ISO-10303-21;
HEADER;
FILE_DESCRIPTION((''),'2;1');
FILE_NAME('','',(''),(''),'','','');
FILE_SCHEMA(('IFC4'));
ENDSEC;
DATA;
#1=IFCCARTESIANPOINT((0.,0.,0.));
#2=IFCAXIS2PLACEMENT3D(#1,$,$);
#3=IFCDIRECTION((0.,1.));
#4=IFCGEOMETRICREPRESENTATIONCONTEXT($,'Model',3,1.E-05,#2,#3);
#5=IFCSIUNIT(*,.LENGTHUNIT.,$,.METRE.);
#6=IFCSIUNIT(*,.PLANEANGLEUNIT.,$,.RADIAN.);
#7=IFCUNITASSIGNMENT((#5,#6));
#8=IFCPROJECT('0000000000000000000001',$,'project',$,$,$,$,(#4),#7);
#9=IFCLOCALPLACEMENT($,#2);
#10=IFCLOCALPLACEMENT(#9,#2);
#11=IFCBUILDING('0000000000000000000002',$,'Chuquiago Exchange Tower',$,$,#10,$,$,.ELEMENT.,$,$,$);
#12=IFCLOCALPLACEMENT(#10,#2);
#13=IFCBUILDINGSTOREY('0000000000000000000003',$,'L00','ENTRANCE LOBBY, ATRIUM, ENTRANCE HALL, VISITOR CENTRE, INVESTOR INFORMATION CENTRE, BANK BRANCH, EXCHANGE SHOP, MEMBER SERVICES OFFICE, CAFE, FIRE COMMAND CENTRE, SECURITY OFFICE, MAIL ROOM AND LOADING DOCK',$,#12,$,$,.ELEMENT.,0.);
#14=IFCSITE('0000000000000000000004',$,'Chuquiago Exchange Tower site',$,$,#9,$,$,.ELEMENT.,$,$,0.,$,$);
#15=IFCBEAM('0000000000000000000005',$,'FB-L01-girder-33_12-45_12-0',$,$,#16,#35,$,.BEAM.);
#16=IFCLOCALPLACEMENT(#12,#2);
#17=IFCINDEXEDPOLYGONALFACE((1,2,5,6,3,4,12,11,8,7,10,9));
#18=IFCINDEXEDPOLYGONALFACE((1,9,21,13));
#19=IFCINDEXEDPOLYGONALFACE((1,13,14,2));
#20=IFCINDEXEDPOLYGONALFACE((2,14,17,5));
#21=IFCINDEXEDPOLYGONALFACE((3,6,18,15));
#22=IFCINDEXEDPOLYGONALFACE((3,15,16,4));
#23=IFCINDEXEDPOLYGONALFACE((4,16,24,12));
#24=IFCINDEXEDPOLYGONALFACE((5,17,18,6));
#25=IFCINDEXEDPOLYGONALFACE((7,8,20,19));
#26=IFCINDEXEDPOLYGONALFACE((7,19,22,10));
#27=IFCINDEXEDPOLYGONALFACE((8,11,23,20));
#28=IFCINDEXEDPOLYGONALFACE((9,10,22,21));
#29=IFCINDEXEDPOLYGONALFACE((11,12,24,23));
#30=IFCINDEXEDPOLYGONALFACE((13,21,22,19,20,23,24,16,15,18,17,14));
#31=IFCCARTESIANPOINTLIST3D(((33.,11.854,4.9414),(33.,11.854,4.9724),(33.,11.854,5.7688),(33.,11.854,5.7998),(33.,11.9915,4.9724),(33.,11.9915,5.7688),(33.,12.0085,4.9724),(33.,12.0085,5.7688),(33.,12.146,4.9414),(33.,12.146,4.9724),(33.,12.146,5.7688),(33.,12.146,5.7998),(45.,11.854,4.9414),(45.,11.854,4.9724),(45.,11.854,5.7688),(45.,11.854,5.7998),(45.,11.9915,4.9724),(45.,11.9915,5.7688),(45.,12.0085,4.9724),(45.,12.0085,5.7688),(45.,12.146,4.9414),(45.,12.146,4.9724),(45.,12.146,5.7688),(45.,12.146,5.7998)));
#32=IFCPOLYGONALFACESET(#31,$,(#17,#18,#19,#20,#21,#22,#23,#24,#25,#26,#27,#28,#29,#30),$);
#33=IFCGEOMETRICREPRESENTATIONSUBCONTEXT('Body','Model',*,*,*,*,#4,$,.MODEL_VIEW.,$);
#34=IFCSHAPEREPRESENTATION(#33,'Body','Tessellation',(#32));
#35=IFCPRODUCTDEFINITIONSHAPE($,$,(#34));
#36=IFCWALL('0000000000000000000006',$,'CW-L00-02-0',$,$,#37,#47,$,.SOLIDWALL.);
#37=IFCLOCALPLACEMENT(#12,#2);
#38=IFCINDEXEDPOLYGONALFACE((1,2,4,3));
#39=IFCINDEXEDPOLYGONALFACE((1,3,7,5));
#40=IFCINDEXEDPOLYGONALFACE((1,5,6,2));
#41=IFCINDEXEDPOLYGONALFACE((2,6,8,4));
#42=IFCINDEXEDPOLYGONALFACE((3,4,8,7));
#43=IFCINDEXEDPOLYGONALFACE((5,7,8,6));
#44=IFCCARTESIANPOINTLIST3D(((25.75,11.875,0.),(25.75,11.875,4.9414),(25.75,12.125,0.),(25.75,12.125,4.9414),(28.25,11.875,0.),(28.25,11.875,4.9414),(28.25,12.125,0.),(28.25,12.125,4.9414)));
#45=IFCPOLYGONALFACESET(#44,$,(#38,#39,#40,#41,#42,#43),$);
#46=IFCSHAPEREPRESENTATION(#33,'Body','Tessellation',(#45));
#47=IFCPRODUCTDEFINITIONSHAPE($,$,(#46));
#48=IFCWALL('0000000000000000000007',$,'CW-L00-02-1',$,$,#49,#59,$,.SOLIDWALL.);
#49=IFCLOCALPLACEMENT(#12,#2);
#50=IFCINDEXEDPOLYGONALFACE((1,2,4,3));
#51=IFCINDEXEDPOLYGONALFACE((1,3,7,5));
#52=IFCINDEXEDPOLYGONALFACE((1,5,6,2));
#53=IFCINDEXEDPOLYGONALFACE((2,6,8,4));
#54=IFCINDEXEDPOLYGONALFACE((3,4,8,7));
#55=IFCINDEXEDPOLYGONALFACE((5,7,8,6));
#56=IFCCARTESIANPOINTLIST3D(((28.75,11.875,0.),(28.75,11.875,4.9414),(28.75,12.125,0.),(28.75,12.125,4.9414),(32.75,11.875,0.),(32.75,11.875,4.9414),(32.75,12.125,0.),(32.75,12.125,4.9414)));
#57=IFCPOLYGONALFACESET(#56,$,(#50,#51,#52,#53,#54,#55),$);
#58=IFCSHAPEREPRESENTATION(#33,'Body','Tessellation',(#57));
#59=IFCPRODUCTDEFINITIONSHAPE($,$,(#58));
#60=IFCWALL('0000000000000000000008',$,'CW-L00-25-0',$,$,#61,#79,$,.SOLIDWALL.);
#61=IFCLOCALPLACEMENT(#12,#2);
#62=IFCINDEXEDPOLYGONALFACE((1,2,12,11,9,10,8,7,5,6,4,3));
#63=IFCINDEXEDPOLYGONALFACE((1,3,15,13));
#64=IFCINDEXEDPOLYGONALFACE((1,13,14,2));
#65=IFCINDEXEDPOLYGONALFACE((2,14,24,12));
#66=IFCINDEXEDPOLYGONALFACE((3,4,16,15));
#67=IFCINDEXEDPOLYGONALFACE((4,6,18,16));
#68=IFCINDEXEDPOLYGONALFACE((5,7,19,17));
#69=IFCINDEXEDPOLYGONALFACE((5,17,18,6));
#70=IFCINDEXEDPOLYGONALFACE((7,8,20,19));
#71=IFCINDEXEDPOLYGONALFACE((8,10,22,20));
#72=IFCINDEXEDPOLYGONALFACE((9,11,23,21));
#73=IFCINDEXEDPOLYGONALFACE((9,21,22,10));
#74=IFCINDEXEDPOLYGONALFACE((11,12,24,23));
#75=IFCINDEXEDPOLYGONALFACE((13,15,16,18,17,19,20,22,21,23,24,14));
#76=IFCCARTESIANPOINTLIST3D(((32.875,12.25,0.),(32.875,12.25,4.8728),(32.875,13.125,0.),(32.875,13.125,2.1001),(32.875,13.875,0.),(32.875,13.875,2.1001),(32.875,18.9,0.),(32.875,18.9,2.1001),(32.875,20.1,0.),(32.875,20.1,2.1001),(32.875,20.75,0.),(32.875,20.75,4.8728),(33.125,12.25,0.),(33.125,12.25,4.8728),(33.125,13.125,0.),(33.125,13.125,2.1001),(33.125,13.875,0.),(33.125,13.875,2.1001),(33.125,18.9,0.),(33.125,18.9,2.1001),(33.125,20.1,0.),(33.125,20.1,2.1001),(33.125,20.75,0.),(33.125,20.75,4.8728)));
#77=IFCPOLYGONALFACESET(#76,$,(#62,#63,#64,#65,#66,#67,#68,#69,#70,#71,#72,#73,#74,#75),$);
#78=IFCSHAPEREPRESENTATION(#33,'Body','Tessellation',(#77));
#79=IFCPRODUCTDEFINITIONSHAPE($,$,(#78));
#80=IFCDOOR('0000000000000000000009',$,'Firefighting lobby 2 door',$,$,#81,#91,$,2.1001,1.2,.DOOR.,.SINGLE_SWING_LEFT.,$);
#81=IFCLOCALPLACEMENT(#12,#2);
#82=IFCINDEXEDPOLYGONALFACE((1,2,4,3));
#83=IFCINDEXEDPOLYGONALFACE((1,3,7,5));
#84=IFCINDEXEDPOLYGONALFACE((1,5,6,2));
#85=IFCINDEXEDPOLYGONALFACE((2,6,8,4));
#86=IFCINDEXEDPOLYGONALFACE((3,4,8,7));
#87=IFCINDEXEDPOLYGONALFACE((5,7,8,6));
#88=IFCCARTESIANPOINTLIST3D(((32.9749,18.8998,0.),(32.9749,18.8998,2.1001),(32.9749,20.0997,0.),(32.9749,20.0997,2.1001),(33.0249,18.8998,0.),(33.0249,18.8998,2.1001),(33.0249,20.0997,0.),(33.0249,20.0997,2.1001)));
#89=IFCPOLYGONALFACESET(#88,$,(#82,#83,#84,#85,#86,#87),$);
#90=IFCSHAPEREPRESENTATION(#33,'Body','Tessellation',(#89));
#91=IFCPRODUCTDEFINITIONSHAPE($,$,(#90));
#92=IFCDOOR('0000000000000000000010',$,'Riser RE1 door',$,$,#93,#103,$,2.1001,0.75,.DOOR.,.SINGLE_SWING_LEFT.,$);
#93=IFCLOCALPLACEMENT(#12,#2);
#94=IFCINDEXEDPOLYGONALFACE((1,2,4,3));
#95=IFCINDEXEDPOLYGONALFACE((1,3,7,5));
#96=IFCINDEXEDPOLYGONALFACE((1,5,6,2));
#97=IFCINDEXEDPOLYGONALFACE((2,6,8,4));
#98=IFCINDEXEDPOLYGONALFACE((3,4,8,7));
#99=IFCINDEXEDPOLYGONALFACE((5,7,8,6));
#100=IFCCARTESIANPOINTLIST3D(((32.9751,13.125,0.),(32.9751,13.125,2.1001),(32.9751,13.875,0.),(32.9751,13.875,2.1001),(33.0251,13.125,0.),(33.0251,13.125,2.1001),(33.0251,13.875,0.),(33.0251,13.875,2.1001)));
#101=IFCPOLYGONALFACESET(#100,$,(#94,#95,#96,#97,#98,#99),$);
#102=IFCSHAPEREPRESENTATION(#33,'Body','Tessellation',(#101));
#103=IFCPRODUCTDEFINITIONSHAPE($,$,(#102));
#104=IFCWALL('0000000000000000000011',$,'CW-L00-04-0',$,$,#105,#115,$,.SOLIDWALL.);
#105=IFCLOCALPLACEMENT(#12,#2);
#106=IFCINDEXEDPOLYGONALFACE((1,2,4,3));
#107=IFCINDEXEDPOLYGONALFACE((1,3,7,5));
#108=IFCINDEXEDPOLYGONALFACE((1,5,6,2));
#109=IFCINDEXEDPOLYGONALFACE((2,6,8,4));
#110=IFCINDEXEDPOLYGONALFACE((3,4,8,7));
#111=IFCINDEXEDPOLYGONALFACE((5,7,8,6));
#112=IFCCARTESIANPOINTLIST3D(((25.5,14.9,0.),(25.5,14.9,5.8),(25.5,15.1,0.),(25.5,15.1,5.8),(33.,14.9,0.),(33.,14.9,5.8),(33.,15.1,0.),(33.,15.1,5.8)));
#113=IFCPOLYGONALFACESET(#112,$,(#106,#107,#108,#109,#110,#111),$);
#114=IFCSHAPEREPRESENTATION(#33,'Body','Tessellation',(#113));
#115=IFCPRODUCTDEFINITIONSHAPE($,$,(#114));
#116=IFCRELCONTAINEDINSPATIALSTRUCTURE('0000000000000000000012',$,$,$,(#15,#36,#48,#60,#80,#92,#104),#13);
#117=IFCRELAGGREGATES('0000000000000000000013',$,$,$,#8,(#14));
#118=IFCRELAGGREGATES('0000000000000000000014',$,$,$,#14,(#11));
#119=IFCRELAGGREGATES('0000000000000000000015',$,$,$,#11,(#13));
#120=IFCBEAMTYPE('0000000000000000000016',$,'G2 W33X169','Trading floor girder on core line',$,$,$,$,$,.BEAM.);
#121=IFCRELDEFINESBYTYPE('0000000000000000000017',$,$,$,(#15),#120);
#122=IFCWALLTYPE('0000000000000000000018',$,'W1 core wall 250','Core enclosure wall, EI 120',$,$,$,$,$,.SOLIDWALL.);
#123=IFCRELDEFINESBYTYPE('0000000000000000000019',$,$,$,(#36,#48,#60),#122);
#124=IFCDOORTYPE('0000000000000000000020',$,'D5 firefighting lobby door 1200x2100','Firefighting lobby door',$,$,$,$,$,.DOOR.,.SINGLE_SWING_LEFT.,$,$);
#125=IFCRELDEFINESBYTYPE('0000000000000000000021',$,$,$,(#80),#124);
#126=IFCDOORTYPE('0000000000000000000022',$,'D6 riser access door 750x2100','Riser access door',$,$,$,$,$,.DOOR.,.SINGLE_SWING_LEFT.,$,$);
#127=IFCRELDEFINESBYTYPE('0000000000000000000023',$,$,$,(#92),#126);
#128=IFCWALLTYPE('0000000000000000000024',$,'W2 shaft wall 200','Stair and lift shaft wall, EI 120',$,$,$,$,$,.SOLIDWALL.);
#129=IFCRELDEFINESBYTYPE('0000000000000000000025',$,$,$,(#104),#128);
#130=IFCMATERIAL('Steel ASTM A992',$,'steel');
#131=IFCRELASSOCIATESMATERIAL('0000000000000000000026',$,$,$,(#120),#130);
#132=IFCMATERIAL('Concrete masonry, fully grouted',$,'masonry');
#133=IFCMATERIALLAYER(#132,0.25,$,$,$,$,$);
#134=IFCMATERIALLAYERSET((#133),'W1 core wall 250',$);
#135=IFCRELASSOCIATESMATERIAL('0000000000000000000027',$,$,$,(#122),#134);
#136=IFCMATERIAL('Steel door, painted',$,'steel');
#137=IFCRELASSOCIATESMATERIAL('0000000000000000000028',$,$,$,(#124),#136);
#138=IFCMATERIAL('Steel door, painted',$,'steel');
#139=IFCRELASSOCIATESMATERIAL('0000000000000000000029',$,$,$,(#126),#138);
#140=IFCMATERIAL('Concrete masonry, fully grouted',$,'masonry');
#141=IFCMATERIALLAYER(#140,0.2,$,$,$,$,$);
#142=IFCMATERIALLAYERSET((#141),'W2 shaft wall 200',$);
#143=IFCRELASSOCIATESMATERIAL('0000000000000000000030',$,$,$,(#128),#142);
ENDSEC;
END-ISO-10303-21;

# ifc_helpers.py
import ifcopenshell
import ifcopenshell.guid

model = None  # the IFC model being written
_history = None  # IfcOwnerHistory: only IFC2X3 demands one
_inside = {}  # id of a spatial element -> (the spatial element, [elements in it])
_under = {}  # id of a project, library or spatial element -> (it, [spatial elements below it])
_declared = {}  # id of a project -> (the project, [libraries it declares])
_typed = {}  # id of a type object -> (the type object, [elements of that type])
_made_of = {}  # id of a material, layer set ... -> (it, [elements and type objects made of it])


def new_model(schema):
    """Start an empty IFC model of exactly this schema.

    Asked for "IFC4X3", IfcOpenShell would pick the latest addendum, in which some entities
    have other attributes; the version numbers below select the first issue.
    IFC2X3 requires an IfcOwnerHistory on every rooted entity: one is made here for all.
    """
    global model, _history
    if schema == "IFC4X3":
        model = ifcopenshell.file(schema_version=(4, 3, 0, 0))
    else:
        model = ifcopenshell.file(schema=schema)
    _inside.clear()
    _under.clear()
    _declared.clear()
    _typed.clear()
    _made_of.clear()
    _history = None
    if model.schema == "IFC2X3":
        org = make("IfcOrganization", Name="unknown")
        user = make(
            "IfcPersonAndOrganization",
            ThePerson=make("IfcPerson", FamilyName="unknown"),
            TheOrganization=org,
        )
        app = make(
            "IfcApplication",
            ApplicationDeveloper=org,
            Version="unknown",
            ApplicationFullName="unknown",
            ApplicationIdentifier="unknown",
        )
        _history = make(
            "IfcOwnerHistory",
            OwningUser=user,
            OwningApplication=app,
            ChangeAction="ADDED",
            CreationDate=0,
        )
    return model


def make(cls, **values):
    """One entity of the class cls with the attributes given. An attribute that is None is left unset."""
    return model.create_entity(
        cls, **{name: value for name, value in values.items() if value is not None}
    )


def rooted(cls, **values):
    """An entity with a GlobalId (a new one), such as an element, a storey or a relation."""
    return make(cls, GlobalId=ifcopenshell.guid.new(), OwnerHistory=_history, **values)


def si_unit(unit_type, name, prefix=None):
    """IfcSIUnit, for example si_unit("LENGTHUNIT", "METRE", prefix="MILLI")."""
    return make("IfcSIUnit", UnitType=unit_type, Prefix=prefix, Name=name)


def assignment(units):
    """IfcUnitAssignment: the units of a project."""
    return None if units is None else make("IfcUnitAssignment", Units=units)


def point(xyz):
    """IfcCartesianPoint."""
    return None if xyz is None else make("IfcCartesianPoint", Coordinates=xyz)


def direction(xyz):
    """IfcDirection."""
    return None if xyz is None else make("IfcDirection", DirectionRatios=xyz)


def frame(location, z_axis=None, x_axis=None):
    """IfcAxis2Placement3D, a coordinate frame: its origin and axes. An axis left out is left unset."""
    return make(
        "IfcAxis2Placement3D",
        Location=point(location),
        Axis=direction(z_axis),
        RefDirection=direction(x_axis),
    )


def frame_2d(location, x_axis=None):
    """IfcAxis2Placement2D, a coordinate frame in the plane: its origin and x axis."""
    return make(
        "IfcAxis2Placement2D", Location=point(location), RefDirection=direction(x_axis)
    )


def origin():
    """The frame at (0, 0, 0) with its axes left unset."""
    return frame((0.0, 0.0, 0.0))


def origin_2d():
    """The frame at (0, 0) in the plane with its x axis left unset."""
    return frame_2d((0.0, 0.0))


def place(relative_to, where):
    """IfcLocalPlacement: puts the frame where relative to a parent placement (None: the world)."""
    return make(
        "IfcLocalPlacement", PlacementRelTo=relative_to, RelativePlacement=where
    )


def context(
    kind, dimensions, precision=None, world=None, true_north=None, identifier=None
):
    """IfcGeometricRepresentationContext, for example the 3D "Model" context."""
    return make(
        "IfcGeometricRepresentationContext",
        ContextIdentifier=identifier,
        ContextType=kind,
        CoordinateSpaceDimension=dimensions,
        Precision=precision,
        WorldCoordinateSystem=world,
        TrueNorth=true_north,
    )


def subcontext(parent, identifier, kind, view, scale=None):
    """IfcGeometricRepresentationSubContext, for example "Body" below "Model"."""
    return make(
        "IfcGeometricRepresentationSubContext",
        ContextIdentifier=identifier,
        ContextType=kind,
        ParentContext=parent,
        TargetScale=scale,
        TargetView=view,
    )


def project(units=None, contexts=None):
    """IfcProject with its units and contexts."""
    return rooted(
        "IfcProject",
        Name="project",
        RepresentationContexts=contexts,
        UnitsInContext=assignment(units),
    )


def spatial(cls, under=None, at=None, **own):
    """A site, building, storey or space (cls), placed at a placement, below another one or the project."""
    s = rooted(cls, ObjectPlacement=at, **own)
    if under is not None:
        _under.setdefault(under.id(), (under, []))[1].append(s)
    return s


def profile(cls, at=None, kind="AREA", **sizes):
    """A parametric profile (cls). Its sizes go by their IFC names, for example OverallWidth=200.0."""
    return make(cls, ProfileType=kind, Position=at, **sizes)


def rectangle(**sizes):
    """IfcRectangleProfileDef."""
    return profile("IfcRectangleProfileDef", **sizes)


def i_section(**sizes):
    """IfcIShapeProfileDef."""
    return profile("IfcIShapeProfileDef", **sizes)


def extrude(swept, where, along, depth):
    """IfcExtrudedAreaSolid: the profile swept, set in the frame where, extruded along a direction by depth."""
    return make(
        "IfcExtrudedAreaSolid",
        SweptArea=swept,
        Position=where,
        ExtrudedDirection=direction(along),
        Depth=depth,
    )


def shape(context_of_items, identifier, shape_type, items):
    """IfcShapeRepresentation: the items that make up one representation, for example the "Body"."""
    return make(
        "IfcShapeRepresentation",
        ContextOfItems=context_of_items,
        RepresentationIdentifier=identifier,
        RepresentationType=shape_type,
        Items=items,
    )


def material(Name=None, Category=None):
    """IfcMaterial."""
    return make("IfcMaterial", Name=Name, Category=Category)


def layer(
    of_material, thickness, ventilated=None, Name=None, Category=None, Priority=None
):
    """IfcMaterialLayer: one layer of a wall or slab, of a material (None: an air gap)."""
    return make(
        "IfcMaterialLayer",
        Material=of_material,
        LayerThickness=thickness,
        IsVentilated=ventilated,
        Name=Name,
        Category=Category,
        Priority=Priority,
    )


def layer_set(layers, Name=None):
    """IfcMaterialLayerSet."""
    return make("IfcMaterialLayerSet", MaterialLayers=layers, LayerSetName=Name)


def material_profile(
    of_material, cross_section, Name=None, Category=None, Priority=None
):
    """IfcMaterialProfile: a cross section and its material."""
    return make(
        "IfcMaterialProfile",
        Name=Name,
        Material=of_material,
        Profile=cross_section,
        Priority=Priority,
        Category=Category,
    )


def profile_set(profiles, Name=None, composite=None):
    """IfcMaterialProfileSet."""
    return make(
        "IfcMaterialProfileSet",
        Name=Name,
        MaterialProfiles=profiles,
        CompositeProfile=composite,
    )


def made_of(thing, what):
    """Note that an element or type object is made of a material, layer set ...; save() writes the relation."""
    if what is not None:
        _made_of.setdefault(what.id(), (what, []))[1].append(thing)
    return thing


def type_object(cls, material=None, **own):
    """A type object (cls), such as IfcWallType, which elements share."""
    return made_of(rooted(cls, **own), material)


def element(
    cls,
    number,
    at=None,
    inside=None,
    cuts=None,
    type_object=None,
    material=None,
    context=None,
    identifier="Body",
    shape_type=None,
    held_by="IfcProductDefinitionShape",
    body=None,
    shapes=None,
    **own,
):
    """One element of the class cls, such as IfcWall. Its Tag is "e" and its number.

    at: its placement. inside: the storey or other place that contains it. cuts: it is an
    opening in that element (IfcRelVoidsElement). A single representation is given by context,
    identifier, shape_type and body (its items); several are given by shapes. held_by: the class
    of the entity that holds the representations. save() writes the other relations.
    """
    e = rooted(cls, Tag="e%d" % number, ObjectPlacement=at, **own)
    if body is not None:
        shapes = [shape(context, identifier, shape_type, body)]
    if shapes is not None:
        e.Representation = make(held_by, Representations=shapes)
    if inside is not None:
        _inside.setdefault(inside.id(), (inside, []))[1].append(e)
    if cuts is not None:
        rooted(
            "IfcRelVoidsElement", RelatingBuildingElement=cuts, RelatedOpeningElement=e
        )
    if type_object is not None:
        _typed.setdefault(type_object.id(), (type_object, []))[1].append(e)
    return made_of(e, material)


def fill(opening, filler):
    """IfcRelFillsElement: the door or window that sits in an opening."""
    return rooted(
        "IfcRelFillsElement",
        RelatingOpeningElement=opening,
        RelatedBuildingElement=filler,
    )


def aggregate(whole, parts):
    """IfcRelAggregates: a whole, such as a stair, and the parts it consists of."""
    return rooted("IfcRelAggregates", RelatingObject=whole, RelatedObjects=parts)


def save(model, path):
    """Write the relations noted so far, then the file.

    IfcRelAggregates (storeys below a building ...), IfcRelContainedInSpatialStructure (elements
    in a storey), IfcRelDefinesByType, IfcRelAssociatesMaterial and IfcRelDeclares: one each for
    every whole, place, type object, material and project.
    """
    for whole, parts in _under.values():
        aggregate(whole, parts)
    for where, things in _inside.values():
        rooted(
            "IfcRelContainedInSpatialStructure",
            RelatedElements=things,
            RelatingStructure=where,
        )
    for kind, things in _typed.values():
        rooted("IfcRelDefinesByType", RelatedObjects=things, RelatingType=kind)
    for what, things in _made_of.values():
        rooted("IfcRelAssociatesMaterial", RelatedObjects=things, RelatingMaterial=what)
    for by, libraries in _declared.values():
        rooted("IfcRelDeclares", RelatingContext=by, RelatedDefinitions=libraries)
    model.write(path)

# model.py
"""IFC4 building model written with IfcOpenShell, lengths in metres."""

from ifc_helpers import new_model, si_unit, direction, frame, frame_2d, origin, origin_2d, place, context, subcontext, project, spatial, rectangle, i_section, extrude, material, layer, layer_set, material_profile, profile_set, type_object, element, fill, save


model = new_model("IFC4")

# Units and contexts
model_context = context("Model", 3, precision=1e-05, world=origin(), true_north=direction((0.0, 1.0)))
body_context = subcontext(model_context, "Body", "Model", "MODEL_VIEW")
ifc_project = project(units=[si_unit("LENGTHUNIT", "METRE"), si_unit("PLANEANGLEUNIT", "RADIAN")], contexts=[model_context])

# Site, building, storey
site_placement = place(None, origin())
site = spatial("IfcSite", under=ifc_project, at=site_placement, Name="Chuquiago Exchange Tower site", CompositionType="ELEMENT", RefElevation=0.0)
building_placement = place(site_placement, origin())
building = spatial("IfcBuilding", under=site, at=building_placement, Name="Chuquiago Exchange Tower", CompositionType="ELEMENT")
storey_placement = place(building_placement, origin())
storey = spatial("IfcBuildingStorey", under=building, at=storey_placement, Name="L00", Description="ENTRANCE LOBBY, ATRIUM, ENTRANCE HALL, VISITOR CENTRE, INVESTOR INFORMATION CENTRE, BANK BRANCH, EXCHANGE SHOP, MEMBER SERVICES OFFICE, CAFE, FIRE COMMAND CENTRE, SECURITY OFFICE, MAIL ROOM AND LOADING DOCK", CompositionType="ELEMENT", Elevation=0.0)

# Beam
ifc_material_1 = material(Name="Steel ASTM A992", Category="steel")
ifc_material_profile_1 = material_profile(ifc_material_1, i_section(OverallWidth=0.292, OverallDepth=0.8584, WebThickness=0.0171, FlangeThickness=0.031, at=origin_2d()), Name="W33X169")
ifc_profile_set_1 = profile_set([ifc_material_profile_1], Name="Steel ASTM A992")
beam_type_1 = type_object("IfcBeamType", Name="G2 W33X169", Description="Trading floor girder on core line", PredefinedType="BEAM", material=ifc_profile_set_1)
for number, where, z_axis, x_axis, name in (
    (1, (33.0, 12.0, 5.3706), (1.0, 0.0, 0.0), (0.0, 1.0, 0.0), "FB-L01-girder-33_12-45_12-0"),
):
    element("IfcBeam", number, at=place(storey_placement, frame(where, z_axis=z_axis, x_axis=x_axis)), inside=storey, type_object=beam_type_1, Name=name, PredefinedType="BEAM", context=body_context, shape_type="SweptSolid", body=[
        extrude(i_section(OverallWidth=0.292, OverallDepth=0.8584, WebThickness=0.0171, FlangeThickness=0.031, at=origin_2d()), origin(), (0.0, 0.0, 1.0), 12.0),
    ])

# Walls
ifc_material_2 = material(Name="Concrete masonry, fully grouted", Category="masonry")
ifc_layer_1 = layer(ifc_material_2, 0.25)
ifc_layer_set_1 = layer_set([ifc_layer_1], Name="W1 core wall 250")
wall_type_1 = type_object("IfcWallType", Name="W1 core wall 250", Description="Core enclosure wall, EI 120", PredefinedType="SOLIDWALL", material=ifc_layer_set_1)
wall_1_placement = place(storey_placement, frame((25.75, 12.0, 0.0), z_axis=(0.0, 0.0, 1.0), x_axis=(1.0, 0.0, 0.0)))
element("IfcWall", 2, at=wall_1_placement, inside=storey, type_object=wall_type_1, Name="CW-L00-02-0", PredefinedType="SOLIDWALL", context=body_context, shape_type="SweptSolid", body=[
    extrude(rectangle(XDim=2.5, YDim=0.25, at=frame_2d((1.25, 0.0))), origin(), (0.0, 0.0, 1.0), 4.9414),
])
wall_2_placement = place(storey_placement, frame((28.75, 12.0, 0.0), z_axis=(0.0, 0.0, 1.0), x_axis=(1.0, 0.0, 0.0)))
element("IfcWall", 3, at=wall_2_placement, inside=storey, type_object=wall_type_1, Name="CW-L00-02-1", PredefinedType="SOLIDWALL", context=body_context, shape_type="SweptSolid", body=[
    extrude(rectangle(XDim=4.0, YDim=0.25, at=frame_2d((2.0, 0.0))), origin(), (0.0, 0.0, 1.0), 4.9414),
])

# Wall, openings, doors
wall_3_placement = place(storey_placement, frame((33.0, 12.25, 0.0), z_axis=(0.0, 0.0, 1.0), x_axis=(0.0, 1.0, 0.0)))
wall_3 = element("IfcWall", 4, at=wall_3_placement, inside=storey, type_object=wall_type_1, Name="CW-L00-25-0", PredefinedType="SOLIDWALL", context=body_context, shape_type="SweptSolid", body=[
    extrude(rectangle(XDim=8.5, YDim=0.25, at=frame_2d((4.25, 0.0))), origin(), (0.0, 0.0, 1.0), 4.8728),
])
opening_1_placement = place(wall_3_placement, frame((6.6499, 0.0, 0.0)))
opening_1 = element("IfcOpeningElement", 5, at=opening_1_placement, cuts=wall_3, PredefinedType="OPENING", context=body_context, shape_type="SweptSolid", body=[
    extrude(rectangle(XDim=1.2, YDim=2.1001, at=frame_2d((0.6001, 1.05))), frame((0.0, 0.135, 0.0), z_axis=(0.0, -1.0, 0.0), x_axis=(1.0, 0.0, 0.0)), (0.0, 0.0, 1.0), 0.27),
])
opening_2_placement = place(wall_3_placement, frame((0.875, 0.0, 0.0)))
opening_2 = element("IfcOpeningElement", 6, at=opening_2_placement, cuts=wall_3, PredefinedType="OPENING", context=body_context, shape_type="SweptSolid", body=[
    extrude(rectangle(XDim=0.75, YDim=2.1001, at=frame_2d((0.375, 1.05))), frame((0.0, 0.135, 0.0), z_axis=(0.0, -1.0, 0.0), x_axis=(1.0, 0.0, 0.0)), (0.0, 0.0, 1.0), 0.27),
])
ifc_material_3 = material(Name="Steel door, painted", Category="steel")
door_type_1 = type_object("IfcDoorType", Name="D5 firefighting lobby door 1200x2100", Description="Firefighting lobby door", OperationType="SINGLE_SWING_LEFT", PredefinedType="DOOR", material=ifc_material_3)
door_1_placement = place(opening_1_placement, frame((1.2, 0.0, 0.0), z_axis=(0.0, 0.0, 1.0), x_axis=(-1.0, 0.0, 0.0)))
door_1 = element("IfcDoor", 7, at=door_1_placement, inside=storey, type_object=door_type_1, Name="Firefighting lobby 2 door", OperationType="SINGLE_SWING_LEFT", OverallHeight=2.1001, OverallWidth=1.2, PredefinedType="DOOR", context=body_context, shape_type="SweptSolid", body=[
    extrude(rectangle(XDim=1.2, YDim=2.1001, at=frame_2d((0.6001, 1.05))), frame((0.0, 0.0249, 0.0), z_axis=(0.0, -1.0, 0.0), x_axis=(1.0, 0.0, 0.0)), (0.0, 0.0, 1.0), 0.05),
])
fill(opening_1, door_1)
ifc_material_4 = material(Name="Steel door, painted", Category="steel")
door_type_2 = type_object("IfcDoorType", Name="D6 riser access door 750x2100", Description="Riser access door", OperationType="SINGLE_SWING_LEFT", PredefinedType="DOOR", material=ifc_material_4)
door_2_placement = place(opening_2_placement, origin())
door_2 = element("IfcDoor", 8, at=door_2_placement, inside=storey, type_object=door_type_2, Name="Riser RE1 door", OperationType="SINGLE_SWING_LEFT", OverallHeight=2.1001, OverallWidth=0.75, PredefinedType="DOOR", context=body_context, shape_type="SweptSolid", body=[
    extrude(rectangle(XDim=0.75, YDim=2.1001, at=frame_2d((0.375, 1.05))), frame((0.0, 0.0249, 0.0), z_axis=(0.0, -1.0, 0.0), x_axis=(1.0, 0.0, 0.0)), (0.0, 0.0, 1.0), 0.05),
])
fill(opening_2, door_2)

# Wall
ifc_material_5 = material(Name="Concrete masonry, fully grouted", Category="masonry")
ifc_layer_2 = layer(ifc_material_5, 0.2)
ifc_layer_set_2 = layer_set([ifc_layer_2], Name="W2 shaft wall 200")
wall_type_2 = type_object("IfcWallType", Name="W2 shaft wall 200", Description="Stair and lift shaft wall, EI 120", PredefinedType="SOLIDWALL", material=ifc_layer_set_2)
wall_4_placement = place(storey_placement, frame((25.5, 15.0, 0.0), z_axis=(0.0, 0.0, 1.0), x_axis=(1.0, 0.0, 0.0)))
element("IfcWall", 9, at=wall_4_placement, inside=storey, type_object=wall_type_2, Name="CW-L00-04-0", PredefinedType="SOLIDWALL", context=body_context, shape_type="SweptSolid", body=[
    extrude(rectangle(XDim=7.5, YDim=0.2, at=frame_2d((3.75, 0.0))), origin(), (0.0, 0.0, 1.0), 5.8),
])

save(model, "model.ifc")
